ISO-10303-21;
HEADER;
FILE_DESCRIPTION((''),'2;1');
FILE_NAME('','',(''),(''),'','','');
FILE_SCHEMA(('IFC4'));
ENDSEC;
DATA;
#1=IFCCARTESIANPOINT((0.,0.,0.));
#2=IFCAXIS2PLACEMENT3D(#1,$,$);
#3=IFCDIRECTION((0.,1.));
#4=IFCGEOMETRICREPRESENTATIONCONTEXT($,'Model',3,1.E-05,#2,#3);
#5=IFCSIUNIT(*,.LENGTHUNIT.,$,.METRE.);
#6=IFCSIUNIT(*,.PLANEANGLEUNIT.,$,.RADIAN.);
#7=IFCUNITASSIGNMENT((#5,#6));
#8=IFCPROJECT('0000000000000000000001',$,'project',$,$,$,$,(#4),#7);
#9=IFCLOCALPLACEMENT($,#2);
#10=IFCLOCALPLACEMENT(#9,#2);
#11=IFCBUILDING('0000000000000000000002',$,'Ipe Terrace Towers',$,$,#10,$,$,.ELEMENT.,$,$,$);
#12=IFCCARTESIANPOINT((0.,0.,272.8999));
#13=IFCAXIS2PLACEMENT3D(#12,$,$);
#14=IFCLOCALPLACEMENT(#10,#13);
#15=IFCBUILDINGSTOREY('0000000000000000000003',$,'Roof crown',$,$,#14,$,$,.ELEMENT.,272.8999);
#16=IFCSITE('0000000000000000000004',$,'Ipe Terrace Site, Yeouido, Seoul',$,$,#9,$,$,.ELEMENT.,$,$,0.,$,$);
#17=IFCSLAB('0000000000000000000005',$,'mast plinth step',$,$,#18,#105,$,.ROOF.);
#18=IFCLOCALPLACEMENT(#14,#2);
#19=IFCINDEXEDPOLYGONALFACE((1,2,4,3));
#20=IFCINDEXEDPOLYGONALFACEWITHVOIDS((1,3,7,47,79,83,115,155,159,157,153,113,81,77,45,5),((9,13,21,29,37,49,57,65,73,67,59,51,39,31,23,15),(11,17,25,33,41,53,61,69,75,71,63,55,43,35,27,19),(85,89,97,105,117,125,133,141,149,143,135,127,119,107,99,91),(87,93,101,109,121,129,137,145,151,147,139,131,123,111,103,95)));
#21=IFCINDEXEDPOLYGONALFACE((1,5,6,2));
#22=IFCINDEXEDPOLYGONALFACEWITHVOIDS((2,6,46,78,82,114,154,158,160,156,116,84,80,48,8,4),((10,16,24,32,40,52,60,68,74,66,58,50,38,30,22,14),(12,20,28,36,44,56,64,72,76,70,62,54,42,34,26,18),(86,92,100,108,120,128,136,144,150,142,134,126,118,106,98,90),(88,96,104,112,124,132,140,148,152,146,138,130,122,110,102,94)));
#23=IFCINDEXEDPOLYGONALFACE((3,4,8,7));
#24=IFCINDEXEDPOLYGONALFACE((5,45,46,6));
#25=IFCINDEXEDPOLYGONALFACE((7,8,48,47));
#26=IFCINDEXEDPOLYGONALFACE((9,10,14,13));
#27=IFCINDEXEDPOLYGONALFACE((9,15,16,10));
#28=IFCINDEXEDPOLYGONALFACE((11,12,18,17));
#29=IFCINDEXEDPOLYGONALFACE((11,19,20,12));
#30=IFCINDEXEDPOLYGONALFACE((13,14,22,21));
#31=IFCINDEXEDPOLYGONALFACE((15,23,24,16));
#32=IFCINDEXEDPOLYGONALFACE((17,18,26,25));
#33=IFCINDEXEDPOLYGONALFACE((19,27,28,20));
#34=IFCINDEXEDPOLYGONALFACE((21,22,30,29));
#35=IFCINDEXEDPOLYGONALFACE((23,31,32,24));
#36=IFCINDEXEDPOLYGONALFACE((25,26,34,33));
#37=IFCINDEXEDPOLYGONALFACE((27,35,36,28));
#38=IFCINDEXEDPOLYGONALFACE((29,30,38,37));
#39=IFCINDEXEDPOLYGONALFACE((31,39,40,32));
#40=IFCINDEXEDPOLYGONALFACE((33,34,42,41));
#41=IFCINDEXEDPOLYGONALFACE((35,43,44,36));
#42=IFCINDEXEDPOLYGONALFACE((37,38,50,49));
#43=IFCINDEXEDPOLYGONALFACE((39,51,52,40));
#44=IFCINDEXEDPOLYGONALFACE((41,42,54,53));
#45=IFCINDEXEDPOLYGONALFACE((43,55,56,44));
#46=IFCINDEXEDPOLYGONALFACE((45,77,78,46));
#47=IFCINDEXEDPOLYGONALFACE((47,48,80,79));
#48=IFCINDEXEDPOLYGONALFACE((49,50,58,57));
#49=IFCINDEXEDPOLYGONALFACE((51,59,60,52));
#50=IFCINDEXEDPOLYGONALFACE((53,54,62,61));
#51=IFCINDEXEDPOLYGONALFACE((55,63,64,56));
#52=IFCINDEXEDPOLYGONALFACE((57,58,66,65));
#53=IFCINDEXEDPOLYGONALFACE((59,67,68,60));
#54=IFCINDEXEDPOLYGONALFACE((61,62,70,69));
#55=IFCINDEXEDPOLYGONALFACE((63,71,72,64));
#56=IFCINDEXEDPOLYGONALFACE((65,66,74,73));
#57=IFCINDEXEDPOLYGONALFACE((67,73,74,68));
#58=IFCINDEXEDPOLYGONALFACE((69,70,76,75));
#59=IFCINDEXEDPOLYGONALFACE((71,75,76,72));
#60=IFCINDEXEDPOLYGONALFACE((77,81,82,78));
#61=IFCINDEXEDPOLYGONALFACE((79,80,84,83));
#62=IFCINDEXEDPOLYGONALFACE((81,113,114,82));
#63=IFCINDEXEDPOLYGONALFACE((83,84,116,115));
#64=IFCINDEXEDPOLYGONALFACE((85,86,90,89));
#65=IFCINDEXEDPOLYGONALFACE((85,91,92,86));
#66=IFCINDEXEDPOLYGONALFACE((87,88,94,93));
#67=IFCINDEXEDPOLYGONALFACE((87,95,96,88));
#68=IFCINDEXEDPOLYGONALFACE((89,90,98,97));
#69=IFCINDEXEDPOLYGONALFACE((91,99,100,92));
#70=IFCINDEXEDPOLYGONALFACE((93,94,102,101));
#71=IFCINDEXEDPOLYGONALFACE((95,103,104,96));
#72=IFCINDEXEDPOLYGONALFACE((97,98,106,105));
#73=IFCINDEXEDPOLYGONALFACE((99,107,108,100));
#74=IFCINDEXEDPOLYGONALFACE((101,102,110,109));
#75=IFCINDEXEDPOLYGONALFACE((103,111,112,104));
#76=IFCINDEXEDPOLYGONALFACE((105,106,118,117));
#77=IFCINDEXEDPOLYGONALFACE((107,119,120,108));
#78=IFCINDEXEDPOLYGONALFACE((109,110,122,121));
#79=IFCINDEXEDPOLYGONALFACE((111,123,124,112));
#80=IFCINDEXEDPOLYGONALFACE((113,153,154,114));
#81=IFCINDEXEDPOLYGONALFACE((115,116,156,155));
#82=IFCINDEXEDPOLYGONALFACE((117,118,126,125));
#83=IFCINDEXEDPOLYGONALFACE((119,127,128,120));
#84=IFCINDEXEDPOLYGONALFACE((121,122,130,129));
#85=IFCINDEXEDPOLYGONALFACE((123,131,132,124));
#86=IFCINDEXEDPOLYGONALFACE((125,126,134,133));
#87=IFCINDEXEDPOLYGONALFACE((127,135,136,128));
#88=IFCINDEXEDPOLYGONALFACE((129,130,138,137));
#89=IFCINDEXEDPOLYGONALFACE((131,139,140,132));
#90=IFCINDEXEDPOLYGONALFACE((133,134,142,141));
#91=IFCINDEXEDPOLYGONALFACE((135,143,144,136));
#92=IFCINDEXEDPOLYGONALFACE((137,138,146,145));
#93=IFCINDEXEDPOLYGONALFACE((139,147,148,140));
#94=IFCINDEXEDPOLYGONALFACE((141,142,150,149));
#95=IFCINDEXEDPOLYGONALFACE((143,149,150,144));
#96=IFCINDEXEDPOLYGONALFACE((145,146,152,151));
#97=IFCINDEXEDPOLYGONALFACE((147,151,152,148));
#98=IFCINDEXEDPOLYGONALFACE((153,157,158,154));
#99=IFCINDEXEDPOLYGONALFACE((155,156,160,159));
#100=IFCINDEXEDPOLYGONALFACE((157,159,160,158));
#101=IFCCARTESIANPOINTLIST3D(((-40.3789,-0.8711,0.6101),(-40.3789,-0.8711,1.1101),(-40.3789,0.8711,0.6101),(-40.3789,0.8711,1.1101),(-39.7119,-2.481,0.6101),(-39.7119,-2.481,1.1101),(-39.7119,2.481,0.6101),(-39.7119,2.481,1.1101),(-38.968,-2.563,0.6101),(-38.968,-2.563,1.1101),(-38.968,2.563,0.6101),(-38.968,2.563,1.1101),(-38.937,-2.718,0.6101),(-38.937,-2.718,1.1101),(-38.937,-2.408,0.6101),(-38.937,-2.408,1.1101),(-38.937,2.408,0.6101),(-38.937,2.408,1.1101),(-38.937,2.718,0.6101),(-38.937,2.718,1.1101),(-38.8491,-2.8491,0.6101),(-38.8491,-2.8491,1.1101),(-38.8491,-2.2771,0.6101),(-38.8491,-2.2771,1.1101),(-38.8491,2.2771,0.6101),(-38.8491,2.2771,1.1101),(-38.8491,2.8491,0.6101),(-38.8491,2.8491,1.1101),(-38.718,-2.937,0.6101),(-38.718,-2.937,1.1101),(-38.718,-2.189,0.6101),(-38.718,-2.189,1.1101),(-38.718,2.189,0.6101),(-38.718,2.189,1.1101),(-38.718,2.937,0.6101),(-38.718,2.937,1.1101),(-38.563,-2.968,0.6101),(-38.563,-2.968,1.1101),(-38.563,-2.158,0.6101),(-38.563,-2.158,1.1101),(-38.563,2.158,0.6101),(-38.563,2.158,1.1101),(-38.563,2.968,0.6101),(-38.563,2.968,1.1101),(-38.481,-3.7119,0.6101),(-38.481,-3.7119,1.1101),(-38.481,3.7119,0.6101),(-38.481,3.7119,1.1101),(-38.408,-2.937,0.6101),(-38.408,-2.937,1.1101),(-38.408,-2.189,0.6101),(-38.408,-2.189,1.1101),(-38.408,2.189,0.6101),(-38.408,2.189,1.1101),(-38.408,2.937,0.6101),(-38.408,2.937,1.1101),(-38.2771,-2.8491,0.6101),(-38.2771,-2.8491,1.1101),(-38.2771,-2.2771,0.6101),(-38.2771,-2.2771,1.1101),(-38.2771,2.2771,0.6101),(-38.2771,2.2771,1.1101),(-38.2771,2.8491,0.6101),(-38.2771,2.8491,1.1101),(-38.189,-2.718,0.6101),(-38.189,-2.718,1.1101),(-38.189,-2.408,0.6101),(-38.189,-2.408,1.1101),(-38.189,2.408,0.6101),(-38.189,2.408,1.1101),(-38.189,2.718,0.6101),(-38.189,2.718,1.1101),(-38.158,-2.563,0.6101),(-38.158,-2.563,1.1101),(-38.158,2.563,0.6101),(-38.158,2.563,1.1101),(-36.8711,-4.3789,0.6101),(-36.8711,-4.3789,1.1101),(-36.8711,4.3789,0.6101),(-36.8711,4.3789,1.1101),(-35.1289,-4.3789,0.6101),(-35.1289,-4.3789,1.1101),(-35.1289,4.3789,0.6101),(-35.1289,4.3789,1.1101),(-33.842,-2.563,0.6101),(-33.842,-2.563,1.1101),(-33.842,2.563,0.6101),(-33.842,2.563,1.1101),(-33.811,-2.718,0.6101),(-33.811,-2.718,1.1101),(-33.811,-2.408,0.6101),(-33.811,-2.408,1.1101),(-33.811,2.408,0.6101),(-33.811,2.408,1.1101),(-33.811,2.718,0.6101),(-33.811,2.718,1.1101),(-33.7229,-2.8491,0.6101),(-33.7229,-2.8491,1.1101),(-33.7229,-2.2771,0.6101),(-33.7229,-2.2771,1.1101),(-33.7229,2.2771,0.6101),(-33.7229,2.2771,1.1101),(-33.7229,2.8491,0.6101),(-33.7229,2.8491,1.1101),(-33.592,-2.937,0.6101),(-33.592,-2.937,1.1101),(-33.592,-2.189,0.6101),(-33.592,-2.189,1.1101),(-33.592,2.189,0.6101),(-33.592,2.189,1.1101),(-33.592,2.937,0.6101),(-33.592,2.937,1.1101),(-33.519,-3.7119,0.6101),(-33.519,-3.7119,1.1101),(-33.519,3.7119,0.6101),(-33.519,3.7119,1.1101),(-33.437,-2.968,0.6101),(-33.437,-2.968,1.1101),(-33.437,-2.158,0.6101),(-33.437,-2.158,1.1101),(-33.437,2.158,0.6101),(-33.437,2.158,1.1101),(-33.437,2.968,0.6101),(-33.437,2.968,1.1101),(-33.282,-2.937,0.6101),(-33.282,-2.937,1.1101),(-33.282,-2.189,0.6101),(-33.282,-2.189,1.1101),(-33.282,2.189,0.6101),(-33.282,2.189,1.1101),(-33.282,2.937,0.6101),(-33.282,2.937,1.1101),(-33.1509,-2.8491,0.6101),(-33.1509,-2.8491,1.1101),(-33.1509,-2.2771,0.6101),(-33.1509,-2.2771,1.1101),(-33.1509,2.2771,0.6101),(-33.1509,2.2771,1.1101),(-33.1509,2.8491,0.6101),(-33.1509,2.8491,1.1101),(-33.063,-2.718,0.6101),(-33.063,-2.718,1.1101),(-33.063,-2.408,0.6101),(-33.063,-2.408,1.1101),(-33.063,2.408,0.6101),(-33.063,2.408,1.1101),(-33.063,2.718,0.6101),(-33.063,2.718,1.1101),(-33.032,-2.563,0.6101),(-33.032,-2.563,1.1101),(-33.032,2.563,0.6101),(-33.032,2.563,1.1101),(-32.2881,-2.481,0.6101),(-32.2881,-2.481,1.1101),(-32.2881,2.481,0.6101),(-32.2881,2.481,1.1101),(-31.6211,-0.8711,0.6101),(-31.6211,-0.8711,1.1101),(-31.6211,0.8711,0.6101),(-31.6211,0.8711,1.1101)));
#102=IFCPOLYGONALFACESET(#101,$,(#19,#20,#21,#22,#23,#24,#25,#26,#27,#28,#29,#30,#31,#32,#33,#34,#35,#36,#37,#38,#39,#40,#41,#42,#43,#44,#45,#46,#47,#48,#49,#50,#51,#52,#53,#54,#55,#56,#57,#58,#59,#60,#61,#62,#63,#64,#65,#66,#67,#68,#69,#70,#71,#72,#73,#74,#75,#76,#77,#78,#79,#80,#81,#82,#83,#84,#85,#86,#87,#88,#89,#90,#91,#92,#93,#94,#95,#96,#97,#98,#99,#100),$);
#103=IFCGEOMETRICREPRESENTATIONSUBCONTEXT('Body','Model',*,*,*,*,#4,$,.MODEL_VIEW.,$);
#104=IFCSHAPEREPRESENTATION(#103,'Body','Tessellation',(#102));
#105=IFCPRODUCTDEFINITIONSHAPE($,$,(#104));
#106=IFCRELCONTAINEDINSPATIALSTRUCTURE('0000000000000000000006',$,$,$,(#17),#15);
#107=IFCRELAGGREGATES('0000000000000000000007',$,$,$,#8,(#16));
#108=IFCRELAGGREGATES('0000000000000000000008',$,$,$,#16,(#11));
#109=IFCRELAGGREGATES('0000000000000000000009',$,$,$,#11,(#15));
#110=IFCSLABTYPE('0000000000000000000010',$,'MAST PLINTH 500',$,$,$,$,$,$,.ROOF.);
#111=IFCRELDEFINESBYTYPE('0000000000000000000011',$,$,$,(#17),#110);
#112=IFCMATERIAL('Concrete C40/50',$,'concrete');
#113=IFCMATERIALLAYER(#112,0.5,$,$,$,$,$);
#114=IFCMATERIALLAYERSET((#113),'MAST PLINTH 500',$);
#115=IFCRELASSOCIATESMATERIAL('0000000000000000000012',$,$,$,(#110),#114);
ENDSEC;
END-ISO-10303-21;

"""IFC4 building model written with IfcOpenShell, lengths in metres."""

from ifc_helpers import new_model, si_unit, direction, frame, origin, place, context, subcontext, project, spatial, polyline, outline, extrude, material, layer, layer_set, type_object, element, save


model = new_model("IFC4")

# Units and contexts
model_context = context("Model", 3, precision=1e-05, world=origin(), true_north=direction((0.0, 1.0)))
body_context = subcontext(model_context, "Body", "Model", "MODEL_VIEW")
ifc_project = project(units=[si_unit("LENGTHUNIT", "METRE"), si_unit("PLANEANGLEUNIT", "RADIAN")], contexts=[model_context])

# Site, building, storey
site_placement = place(None, origin())
site = spatial("IfcSite", under=ifc_project, at=site_placement, Name="Ipe Terrace Site, Yeouido, Seoul", CompositionType="ELEMENT", RefElevation=0.0)
building_placement = place(site_placement, origin())
building = spatial("IfcBuilding", under=site, at=building_placement, Name="Ipe Terrace Towers", CompositionType="ELEMENT")
storey_placement = place(building_placement, frame((0.0, 0.0, 272.8999)))
storey = spatial("IfcBuildingStorey", under=building, at=storey_placement, Name="Roof crown", CompositionType="ELEMENT", Elevation=272.8999)

# Slab
ifc_material_1 = material(Name="Concrete C40/50", Category="concrete")
ifc_layer_1 = layer(ifc_material_1, 0.5)
ifc_layer_set_1 = layer_set([ifc_layer_1], Name="MAST PLINTH 500")
slab_type_1 = type_object("IfcSlabType", Name="MAST PLINTH 500", PredefinedType="ROOF", material=ifc_layer_set_1)
slab_1_placement = place(storey_placement, frame((0.0, 0.0, 0.6101)))
element("IfcSlab", 1, at=slab_1_placement, inside=storey, type_object=slab_type_1, Name="mast plinth step", PredefinedType="ROOF", context=body_context, shape_type="SweptSolid", body=[
    extrude(outline(polyline([(-31.6211, 0.8711), (-32.2881, 2.481), (-33.519, 3.7119), (-35.1289, 4.3789), (-36.8711, 4.3789), (-38.481, 3.7119), (-39.7119, 2.481), (-40.3789, 0.8711), (-40.3789, -0.8711), (-39.7119, -2.481), (-38.481, -3.7119), (-36.8711, -4.3789), (-35.1289, -4.3789), (-33.519, -3.7119), (-32.2881, -2.481), (-31.6211, -0.8711), (-31.6211, 0.8711)]), holes=[polyline([(-38.158, -2.563), (-38.189, -2.408), (-38.2771, -2.2771), (-38.408, -2.189), (-38.563, -2.158), (-38.718, -2.189), (-38.8491, -2.2771), (-38.937, -2.408), (-38.968, -2.563), (-38.937, -2.718), (-38.8491, -2.8491), (-38.718, -2.937), (-38.563, -2.968), (-38.408, -2.937), (-38.2771, -2.8491), (-38.189, -2.718), (-38.158, -2.563)]), polyline([(-38.158, 2.563), (-38.189, 2.718), (-38.2771, 2.8491), (-38.408, 2.937), (-38.563, 2.968), (-38.718, 2.937), (-38.8491, 2.8491), (-38.937, 2.718), (-38.968, 2.563), (-38.937, 2.408), (-38.8491, 2.2771), (-38.718, 2.189), (-38.563, 2.158), (-38.408, 2.189), (-38.2771, 2.2771), (-38.189, 2.408), (-38.158, 2.563)]), polyline([(-33.032, -2.563), (-33.063, -2.408), (-33.1509, -2.2771), (-33.282, -2.189), (-33.437, -2.158), (-33.592, -2.189), (-33.7229, -2.2771), (-33.811, -2.408), (-33.842, -2.563), (-33.811, -2.718), (-33.7229, -2.8491), (-33.592, -2.937), (-33.437, -2.968), (-33.282, -2.937), (-33.1509, -2.8491), (-33.063, -2.718), (-33.032, -2.563)]), polyline([(-33.032, 2.563), (-33.063, 2.718), (-33.1509, 2.8491), (-33.282, 2.937), (-33.437, 2.968), (-33.592, 2.937), (-33.7229, 2.8491), (-33.811, 2.718), (-33.842, 2.563), (-33.811, 2.408), (-33.7229, 2.2771), (-33.592, 2.189), (-33.437, 2.158), (-33.282, 2.189), (-33.1509, 2.2771), (-33.063, 2.408), (-33.032, 2.563)])]), origin(), (0.0, 0.0, 1.0), 0.5),
])

save(model, "model.ifc")
